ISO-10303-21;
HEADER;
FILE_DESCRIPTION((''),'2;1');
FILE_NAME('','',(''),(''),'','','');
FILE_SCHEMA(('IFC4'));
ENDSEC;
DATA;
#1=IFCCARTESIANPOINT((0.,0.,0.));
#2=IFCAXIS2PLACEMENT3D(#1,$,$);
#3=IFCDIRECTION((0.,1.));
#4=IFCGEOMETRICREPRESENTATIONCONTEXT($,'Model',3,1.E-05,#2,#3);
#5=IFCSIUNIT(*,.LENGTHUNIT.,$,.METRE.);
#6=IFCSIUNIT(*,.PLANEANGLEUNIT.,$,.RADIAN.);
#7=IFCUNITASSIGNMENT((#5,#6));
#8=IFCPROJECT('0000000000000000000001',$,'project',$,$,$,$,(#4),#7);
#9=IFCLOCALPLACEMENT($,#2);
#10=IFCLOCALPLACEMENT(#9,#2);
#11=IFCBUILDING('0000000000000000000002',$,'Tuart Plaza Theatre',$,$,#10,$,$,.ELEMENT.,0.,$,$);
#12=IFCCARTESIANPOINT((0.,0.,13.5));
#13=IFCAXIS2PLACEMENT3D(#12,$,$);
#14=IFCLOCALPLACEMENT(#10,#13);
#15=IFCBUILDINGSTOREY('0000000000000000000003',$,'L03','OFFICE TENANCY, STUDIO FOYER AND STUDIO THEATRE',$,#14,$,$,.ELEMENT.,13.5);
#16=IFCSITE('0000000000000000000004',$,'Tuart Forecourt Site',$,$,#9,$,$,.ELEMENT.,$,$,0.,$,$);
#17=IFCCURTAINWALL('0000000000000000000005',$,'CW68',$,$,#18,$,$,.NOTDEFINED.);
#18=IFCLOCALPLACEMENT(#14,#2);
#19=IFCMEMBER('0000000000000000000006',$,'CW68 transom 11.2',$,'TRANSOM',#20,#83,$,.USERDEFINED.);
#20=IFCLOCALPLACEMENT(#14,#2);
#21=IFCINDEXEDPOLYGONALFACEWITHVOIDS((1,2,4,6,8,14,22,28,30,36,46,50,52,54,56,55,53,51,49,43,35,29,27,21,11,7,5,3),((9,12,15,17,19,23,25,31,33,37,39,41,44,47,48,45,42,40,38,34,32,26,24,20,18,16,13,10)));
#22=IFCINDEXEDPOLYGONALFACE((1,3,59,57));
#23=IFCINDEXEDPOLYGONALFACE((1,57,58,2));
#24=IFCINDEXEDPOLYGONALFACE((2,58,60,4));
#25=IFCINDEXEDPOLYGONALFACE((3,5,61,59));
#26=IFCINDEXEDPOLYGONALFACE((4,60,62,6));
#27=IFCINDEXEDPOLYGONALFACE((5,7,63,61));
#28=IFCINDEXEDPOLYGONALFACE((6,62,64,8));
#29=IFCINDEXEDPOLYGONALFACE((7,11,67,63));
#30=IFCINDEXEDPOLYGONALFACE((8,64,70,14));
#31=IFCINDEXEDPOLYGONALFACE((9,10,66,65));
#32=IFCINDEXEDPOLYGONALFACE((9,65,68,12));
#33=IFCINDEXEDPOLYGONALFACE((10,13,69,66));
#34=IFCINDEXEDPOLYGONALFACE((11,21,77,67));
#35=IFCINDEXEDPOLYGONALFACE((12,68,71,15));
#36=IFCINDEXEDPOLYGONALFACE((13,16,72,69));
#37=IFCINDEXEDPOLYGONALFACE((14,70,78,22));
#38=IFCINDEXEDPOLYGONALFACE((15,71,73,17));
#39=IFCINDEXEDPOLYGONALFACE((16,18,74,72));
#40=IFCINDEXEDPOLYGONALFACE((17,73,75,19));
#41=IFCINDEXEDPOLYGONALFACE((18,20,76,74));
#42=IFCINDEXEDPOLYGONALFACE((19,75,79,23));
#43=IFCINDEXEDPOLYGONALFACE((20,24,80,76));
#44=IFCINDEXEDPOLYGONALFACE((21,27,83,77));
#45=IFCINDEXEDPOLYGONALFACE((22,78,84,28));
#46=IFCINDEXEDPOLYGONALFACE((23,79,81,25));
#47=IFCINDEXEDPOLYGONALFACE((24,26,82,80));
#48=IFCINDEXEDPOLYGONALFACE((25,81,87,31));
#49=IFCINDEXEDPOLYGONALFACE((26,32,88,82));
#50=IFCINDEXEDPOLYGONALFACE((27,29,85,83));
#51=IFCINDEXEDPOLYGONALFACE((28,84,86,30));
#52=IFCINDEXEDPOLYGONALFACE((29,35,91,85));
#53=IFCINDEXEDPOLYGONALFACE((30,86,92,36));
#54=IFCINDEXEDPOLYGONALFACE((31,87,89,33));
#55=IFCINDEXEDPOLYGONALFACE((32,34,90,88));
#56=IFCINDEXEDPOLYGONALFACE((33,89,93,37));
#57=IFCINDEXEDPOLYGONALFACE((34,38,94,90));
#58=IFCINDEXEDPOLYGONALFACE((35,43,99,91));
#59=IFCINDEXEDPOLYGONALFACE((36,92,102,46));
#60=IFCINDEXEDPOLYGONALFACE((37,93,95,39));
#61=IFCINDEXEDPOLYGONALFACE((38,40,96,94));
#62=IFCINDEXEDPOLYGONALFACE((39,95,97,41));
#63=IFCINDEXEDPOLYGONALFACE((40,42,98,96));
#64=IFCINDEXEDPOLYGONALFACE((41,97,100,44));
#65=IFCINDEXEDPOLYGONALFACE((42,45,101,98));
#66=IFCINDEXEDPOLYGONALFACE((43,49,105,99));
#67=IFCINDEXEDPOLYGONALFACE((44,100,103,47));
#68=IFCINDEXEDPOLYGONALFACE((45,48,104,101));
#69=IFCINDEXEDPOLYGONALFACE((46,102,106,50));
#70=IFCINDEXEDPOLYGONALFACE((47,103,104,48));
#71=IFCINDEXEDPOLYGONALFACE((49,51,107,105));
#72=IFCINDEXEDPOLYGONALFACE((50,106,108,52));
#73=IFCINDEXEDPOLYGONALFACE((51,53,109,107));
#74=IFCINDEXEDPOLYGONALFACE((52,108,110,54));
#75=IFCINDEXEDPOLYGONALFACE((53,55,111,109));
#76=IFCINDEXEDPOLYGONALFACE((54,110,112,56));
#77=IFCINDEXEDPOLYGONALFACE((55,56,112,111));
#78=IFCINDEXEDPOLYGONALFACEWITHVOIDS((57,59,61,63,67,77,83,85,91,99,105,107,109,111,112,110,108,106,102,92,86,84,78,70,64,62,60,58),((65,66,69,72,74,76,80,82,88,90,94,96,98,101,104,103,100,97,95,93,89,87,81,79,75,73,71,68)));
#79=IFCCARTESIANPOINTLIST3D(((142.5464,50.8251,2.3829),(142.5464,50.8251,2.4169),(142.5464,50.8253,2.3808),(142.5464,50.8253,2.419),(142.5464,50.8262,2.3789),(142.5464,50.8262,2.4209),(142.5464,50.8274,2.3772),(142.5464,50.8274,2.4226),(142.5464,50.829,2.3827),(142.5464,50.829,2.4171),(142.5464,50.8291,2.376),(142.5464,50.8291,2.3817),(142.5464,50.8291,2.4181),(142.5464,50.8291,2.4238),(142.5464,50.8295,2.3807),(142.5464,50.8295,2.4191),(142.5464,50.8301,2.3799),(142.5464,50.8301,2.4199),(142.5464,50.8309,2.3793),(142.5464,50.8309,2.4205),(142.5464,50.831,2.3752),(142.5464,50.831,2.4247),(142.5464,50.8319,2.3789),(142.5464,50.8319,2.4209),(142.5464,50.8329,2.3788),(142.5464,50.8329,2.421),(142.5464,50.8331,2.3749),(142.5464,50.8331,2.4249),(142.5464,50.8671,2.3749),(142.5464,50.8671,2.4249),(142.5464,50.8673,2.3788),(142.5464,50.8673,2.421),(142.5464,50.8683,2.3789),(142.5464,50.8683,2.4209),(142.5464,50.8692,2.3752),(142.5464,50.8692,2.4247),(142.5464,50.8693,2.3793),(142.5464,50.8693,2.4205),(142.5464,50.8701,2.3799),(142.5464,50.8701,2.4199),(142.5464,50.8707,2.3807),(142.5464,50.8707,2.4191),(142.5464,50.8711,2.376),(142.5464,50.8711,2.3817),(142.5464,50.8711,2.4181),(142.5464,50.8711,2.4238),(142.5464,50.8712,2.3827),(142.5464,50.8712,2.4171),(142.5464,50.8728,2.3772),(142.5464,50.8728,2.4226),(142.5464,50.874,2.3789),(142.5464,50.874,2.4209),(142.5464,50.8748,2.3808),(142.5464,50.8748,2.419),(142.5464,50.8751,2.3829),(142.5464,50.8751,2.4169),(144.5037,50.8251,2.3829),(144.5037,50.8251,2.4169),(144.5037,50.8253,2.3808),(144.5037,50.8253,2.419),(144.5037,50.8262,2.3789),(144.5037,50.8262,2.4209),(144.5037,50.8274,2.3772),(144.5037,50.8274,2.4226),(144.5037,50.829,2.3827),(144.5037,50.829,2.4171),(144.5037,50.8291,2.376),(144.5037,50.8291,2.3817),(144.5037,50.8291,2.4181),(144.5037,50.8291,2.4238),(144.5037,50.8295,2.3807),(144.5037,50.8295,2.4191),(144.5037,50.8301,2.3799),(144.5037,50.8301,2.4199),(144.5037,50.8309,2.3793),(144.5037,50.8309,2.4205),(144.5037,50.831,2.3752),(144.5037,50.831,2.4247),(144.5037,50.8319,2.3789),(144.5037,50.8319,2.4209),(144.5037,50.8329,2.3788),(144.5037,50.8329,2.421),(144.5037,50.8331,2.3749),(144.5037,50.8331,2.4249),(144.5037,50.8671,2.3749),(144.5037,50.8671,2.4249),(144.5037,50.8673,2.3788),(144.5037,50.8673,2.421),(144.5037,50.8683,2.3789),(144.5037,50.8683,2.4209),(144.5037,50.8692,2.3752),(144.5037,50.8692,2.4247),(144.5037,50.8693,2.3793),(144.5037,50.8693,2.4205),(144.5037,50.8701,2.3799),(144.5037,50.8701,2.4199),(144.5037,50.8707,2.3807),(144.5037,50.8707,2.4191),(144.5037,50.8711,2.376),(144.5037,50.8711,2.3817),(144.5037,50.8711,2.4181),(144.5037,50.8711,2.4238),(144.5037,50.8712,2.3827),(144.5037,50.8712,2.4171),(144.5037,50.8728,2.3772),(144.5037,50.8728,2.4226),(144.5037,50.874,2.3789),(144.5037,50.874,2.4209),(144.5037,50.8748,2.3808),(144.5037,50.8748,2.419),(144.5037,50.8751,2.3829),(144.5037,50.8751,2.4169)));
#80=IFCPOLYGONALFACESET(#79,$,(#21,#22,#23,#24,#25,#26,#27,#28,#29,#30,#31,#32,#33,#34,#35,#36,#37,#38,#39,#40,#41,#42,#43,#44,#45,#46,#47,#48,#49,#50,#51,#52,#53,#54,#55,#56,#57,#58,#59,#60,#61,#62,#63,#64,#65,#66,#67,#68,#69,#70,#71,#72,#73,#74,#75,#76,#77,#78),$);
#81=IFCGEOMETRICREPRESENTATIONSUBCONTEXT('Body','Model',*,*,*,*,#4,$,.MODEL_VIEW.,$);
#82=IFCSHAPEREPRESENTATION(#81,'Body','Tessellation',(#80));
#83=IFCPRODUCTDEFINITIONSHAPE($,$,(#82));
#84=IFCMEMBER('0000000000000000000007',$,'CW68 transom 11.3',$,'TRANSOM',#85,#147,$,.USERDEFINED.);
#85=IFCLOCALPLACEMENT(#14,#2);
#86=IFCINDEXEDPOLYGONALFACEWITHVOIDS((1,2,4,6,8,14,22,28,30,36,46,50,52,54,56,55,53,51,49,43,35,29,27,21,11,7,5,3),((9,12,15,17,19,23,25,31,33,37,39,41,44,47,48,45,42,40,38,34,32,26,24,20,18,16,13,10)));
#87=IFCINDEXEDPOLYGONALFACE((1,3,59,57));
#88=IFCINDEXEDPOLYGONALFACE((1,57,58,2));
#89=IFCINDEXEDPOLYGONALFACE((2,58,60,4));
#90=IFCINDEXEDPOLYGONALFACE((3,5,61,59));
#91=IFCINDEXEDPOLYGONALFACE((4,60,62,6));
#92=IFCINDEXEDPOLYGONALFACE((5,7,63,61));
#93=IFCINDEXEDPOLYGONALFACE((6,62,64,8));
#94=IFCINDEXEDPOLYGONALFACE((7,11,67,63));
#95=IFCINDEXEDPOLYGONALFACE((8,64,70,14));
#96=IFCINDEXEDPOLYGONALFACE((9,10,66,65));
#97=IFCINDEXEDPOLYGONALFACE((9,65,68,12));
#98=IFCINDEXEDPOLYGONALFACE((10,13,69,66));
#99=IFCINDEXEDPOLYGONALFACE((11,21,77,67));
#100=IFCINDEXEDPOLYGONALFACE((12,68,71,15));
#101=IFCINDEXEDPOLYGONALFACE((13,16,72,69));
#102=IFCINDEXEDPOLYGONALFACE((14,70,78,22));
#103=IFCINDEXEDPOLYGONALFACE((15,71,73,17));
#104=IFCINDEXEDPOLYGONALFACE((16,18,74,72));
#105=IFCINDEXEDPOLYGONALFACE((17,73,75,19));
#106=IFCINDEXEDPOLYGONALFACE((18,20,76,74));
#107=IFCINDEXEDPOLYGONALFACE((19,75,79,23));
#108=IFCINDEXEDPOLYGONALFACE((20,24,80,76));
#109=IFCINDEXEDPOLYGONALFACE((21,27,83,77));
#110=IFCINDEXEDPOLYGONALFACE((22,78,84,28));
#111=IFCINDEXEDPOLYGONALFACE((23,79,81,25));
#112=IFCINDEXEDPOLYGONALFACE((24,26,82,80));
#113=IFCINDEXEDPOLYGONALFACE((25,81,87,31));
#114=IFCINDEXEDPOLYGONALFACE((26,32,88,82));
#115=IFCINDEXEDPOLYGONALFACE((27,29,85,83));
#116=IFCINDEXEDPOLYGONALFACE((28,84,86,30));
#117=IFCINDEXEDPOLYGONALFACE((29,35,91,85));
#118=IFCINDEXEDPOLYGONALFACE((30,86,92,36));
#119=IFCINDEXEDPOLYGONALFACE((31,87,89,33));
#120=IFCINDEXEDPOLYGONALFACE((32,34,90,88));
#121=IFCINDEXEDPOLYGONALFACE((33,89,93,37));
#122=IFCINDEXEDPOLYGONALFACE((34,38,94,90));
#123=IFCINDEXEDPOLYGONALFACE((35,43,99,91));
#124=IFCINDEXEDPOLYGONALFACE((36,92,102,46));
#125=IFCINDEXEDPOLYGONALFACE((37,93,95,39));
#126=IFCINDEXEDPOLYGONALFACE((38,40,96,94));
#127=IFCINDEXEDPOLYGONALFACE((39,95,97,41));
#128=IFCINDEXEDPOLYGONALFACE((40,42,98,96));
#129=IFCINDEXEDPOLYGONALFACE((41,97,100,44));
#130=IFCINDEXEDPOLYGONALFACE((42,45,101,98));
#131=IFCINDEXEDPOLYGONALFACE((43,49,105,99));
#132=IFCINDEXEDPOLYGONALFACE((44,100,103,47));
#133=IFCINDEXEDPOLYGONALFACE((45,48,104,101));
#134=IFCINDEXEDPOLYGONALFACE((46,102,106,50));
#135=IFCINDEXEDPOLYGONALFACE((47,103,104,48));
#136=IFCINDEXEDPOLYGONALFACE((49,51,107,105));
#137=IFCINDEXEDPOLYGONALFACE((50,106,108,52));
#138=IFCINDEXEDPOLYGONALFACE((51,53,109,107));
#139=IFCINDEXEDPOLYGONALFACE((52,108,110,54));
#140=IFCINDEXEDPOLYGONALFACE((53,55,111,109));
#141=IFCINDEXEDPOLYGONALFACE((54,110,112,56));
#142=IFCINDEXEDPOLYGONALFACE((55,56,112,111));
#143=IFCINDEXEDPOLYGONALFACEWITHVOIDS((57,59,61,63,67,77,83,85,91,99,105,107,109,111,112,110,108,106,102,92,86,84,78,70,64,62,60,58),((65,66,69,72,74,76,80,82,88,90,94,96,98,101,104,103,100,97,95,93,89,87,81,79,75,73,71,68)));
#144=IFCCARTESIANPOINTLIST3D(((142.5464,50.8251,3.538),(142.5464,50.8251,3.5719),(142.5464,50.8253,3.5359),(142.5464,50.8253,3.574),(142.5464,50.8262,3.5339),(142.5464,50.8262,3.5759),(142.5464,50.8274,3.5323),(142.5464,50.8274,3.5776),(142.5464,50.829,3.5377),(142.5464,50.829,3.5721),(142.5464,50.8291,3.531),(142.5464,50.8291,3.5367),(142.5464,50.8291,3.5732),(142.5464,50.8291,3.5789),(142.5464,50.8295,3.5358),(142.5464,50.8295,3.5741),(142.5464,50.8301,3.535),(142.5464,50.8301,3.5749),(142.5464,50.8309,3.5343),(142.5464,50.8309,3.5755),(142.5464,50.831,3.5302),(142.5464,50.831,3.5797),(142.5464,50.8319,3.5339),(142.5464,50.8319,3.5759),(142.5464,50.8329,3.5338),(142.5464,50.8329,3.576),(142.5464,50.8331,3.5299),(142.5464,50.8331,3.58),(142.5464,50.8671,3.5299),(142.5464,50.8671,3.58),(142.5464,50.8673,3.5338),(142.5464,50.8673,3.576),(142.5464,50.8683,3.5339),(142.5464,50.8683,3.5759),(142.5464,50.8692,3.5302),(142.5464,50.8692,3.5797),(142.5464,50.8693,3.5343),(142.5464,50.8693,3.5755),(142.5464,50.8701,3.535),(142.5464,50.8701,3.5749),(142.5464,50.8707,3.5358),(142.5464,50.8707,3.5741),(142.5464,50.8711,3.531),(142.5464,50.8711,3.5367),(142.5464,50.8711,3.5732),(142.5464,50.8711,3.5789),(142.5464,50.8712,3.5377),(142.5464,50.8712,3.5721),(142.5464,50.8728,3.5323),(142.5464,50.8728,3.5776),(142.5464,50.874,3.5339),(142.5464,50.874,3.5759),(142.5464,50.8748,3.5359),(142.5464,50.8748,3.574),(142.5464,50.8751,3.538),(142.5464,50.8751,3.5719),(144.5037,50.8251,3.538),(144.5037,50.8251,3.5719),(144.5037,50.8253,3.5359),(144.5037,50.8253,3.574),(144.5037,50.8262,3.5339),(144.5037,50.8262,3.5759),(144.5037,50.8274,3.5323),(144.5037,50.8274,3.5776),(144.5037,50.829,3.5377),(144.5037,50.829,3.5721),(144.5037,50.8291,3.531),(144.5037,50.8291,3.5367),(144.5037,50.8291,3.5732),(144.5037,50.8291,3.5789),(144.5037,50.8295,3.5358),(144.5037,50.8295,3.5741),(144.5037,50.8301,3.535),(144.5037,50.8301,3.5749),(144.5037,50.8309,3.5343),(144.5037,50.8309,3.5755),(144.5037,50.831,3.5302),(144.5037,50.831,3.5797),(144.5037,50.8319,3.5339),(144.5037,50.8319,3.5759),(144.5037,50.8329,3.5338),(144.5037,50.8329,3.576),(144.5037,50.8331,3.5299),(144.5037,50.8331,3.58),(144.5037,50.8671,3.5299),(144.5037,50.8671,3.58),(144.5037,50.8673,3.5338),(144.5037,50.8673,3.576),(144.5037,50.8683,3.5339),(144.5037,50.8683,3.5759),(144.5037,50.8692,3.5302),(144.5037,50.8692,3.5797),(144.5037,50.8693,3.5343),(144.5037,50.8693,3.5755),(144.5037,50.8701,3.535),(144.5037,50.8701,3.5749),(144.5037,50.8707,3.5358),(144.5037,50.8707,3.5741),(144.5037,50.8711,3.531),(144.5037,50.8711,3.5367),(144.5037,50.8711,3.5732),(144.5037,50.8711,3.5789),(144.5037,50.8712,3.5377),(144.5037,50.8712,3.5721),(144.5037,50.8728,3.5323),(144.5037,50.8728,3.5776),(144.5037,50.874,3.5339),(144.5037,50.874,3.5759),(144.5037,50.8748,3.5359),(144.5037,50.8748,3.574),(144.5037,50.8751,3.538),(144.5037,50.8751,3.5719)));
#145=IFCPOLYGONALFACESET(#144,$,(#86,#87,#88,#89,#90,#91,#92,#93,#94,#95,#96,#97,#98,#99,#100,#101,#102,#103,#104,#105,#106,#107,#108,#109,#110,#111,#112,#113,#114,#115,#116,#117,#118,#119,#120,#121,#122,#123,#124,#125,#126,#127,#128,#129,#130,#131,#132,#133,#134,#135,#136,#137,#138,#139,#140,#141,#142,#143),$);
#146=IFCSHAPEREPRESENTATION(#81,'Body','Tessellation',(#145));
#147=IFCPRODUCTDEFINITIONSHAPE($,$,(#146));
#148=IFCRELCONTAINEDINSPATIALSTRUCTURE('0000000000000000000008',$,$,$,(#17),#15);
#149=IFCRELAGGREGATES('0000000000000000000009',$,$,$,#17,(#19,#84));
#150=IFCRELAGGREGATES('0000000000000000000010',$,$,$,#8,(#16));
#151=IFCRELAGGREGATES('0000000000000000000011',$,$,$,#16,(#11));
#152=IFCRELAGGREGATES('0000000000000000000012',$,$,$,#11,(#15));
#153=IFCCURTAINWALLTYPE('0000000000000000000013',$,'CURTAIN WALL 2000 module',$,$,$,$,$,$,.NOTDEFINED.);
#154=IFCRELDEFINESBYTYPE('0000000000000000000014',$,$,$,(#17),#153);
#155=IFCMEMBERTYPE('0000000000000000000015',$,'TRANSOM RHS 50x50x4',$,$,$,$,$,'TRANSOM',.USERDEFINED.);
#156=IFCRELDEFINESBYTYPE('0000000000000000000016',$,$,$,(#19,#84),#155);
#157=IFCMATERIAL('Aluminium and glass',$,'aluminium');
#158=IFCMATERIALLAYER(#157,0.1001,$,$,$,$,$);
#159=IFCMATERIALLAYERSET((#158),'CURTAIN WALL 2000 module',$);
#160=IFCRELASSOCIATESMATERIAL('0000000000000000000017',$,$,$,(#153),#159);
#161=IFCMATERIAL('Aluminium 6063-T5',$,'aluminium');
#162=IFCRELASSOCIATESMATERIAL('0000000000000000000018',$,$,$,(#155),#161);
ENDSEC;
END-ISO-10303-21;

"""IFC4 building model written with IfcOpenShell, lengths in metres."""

from ifc_helpers import new_model, si_unit, direction, frame, origin, origin_2d, place, context, subcontext, project, spatial, hollow_rectangle, extrude, material, layer, layer_set, material_profile, profile_set, type_object, element, aggregate, save


model = new_model("IFC4")

# Units and contexts
model_context = context("Model", 3, precision=1e-05, world=origin(), true_north=direction((0.0, 1.0)))
body_context = subcontext(model_context, "Body", "Model", "MODEL_VIEW")
ifc_project = project(units=[si_unit("LENGTHUNIT", "METRE"), si_unit("PLANEANGLEUNIT", "RADIAN")], contexts=[model_context])

# Site, building, storey
site_placement = place(None, origin())
site = spatial("IfcSite", under=ifc_project, at=site_placement, Name="Tuart Forecourt Site", CompositionType="ELEMENT", RefElevation=0.0)
building_placement = place(site_placement, origin())
building = spatial("IfcBuilding", under=site, at=building_placement, Name="Tuart Plaza Theatre", CompositionType="ELEMENT", ElevationOfRefHeight=0.0)
storey_placement = place(building_placement, frame((0.0, 0.0, 13.5)))
storey = spatial("IfcBuildingStorey", under=building, at=storey_placement, Name="L03", Description="OFFICE TENANCY, STUDIO FOYER AND STUDIO THEATRE", CompositionType="ELEMENT", Elevation=13.5)

# Curtain wall, members
ifc_material_1 = material(Name="Aluminium and glass", Category="aluminium")
ifc_layer_1 = layer(ifc_material_1, 0.1001)
ifc_layer_set_1 = layer_set([ifc_layer_1], Name="CURTAIN WALL 2000 module")
curtain_wall_type = type_object("IfcCurtainWallType", Name="CURTAIN WALL 2000 module", PredefinedType="NOTDEFINED", material=ifc_layer_set_1)
curtain_wall_placement = place(storey_placement, origin())
curtain_wall = element("IfcCurtainWall", 1, at=curtain_wall_placement, inside=storey, type_object=curtain_wall_type, Name="CW68", PredefinedType="NOTDEFINED")
ifc_material_2 = material(Name="Aluminium 6063-T5", Category="aluminium")
ifc_material_profile_1 = material_profile(ifc_material_2, hollow_rectangle(XDim=0.05, YDim=0.05, WallThickness=0.0039, InnerFilletRadius=0.0039, OuterFilletRadius=0.0081, at=origin_2d()), Name="RHS 50x50x4")
ifc_profile_set_1 = profile_set([ifc_material_profile_1], Name="Aluminium 6063-T5")
member_type_1 = type_object("IfcMemberType", Name="TRANSOM RHS 50x50x4", ElementType="TRANSOM", PredefinedType="USERDEFINED", material=ifc_profile_set_1)
member_1_placement = place(storey_placement, frame((142.5464, 50.8501, 2.3999), z_axis=(1.0, 0.0, 0.0), x_axis=(0.0, 1.0, 0.0)))
member_1 = element("IfcMember", 2, at=member_1_placement, type_object=member_type_1, Name="CW68 transom 11.2", ObjectType="TRANSOM", PredefinedType="USERDEFINED", context=body_context, shape_type="SweptSolid", body=[
    extrude(hollow_rectangle(XDim=0.05, YDim=0.05, WallThickness=0.0039, InnerFilletRadius=0.0039, OuterFilletRadius=0.0081, at=origin_2d()), origin(), (0.0, 0.0, 1.0), 1.9573),
])
member_2_placement = place(storey_placement, frame((142.5464, 50.8501, 3.5549), z_axis=(1.0, 0.0, 0.0), x_axis=(0.0, 1.0, 0.0)))
member_2 = element("IfcMember", 3, at=member_2_placement, type_object=member_type_1, Name="CW68 transom 11.3", ObjectType="TRANSOM", PredefinedType="USERDEFINED", context=body_context, shape_type="SweptSolid", body=[
    extrude(hollow_rectangle(XDim=0.05, YDim=0.05, WallThickness=0.0039, InnerFilletRadius=0.0039, OuterFilletRadius=0.0081, at=origin_2d()), origin(), (0.0, 0.0, 1.0), 1.9573),
])
aggregate(curtain_wall, [member_1, member_2])

save(model, "model.ifc")
